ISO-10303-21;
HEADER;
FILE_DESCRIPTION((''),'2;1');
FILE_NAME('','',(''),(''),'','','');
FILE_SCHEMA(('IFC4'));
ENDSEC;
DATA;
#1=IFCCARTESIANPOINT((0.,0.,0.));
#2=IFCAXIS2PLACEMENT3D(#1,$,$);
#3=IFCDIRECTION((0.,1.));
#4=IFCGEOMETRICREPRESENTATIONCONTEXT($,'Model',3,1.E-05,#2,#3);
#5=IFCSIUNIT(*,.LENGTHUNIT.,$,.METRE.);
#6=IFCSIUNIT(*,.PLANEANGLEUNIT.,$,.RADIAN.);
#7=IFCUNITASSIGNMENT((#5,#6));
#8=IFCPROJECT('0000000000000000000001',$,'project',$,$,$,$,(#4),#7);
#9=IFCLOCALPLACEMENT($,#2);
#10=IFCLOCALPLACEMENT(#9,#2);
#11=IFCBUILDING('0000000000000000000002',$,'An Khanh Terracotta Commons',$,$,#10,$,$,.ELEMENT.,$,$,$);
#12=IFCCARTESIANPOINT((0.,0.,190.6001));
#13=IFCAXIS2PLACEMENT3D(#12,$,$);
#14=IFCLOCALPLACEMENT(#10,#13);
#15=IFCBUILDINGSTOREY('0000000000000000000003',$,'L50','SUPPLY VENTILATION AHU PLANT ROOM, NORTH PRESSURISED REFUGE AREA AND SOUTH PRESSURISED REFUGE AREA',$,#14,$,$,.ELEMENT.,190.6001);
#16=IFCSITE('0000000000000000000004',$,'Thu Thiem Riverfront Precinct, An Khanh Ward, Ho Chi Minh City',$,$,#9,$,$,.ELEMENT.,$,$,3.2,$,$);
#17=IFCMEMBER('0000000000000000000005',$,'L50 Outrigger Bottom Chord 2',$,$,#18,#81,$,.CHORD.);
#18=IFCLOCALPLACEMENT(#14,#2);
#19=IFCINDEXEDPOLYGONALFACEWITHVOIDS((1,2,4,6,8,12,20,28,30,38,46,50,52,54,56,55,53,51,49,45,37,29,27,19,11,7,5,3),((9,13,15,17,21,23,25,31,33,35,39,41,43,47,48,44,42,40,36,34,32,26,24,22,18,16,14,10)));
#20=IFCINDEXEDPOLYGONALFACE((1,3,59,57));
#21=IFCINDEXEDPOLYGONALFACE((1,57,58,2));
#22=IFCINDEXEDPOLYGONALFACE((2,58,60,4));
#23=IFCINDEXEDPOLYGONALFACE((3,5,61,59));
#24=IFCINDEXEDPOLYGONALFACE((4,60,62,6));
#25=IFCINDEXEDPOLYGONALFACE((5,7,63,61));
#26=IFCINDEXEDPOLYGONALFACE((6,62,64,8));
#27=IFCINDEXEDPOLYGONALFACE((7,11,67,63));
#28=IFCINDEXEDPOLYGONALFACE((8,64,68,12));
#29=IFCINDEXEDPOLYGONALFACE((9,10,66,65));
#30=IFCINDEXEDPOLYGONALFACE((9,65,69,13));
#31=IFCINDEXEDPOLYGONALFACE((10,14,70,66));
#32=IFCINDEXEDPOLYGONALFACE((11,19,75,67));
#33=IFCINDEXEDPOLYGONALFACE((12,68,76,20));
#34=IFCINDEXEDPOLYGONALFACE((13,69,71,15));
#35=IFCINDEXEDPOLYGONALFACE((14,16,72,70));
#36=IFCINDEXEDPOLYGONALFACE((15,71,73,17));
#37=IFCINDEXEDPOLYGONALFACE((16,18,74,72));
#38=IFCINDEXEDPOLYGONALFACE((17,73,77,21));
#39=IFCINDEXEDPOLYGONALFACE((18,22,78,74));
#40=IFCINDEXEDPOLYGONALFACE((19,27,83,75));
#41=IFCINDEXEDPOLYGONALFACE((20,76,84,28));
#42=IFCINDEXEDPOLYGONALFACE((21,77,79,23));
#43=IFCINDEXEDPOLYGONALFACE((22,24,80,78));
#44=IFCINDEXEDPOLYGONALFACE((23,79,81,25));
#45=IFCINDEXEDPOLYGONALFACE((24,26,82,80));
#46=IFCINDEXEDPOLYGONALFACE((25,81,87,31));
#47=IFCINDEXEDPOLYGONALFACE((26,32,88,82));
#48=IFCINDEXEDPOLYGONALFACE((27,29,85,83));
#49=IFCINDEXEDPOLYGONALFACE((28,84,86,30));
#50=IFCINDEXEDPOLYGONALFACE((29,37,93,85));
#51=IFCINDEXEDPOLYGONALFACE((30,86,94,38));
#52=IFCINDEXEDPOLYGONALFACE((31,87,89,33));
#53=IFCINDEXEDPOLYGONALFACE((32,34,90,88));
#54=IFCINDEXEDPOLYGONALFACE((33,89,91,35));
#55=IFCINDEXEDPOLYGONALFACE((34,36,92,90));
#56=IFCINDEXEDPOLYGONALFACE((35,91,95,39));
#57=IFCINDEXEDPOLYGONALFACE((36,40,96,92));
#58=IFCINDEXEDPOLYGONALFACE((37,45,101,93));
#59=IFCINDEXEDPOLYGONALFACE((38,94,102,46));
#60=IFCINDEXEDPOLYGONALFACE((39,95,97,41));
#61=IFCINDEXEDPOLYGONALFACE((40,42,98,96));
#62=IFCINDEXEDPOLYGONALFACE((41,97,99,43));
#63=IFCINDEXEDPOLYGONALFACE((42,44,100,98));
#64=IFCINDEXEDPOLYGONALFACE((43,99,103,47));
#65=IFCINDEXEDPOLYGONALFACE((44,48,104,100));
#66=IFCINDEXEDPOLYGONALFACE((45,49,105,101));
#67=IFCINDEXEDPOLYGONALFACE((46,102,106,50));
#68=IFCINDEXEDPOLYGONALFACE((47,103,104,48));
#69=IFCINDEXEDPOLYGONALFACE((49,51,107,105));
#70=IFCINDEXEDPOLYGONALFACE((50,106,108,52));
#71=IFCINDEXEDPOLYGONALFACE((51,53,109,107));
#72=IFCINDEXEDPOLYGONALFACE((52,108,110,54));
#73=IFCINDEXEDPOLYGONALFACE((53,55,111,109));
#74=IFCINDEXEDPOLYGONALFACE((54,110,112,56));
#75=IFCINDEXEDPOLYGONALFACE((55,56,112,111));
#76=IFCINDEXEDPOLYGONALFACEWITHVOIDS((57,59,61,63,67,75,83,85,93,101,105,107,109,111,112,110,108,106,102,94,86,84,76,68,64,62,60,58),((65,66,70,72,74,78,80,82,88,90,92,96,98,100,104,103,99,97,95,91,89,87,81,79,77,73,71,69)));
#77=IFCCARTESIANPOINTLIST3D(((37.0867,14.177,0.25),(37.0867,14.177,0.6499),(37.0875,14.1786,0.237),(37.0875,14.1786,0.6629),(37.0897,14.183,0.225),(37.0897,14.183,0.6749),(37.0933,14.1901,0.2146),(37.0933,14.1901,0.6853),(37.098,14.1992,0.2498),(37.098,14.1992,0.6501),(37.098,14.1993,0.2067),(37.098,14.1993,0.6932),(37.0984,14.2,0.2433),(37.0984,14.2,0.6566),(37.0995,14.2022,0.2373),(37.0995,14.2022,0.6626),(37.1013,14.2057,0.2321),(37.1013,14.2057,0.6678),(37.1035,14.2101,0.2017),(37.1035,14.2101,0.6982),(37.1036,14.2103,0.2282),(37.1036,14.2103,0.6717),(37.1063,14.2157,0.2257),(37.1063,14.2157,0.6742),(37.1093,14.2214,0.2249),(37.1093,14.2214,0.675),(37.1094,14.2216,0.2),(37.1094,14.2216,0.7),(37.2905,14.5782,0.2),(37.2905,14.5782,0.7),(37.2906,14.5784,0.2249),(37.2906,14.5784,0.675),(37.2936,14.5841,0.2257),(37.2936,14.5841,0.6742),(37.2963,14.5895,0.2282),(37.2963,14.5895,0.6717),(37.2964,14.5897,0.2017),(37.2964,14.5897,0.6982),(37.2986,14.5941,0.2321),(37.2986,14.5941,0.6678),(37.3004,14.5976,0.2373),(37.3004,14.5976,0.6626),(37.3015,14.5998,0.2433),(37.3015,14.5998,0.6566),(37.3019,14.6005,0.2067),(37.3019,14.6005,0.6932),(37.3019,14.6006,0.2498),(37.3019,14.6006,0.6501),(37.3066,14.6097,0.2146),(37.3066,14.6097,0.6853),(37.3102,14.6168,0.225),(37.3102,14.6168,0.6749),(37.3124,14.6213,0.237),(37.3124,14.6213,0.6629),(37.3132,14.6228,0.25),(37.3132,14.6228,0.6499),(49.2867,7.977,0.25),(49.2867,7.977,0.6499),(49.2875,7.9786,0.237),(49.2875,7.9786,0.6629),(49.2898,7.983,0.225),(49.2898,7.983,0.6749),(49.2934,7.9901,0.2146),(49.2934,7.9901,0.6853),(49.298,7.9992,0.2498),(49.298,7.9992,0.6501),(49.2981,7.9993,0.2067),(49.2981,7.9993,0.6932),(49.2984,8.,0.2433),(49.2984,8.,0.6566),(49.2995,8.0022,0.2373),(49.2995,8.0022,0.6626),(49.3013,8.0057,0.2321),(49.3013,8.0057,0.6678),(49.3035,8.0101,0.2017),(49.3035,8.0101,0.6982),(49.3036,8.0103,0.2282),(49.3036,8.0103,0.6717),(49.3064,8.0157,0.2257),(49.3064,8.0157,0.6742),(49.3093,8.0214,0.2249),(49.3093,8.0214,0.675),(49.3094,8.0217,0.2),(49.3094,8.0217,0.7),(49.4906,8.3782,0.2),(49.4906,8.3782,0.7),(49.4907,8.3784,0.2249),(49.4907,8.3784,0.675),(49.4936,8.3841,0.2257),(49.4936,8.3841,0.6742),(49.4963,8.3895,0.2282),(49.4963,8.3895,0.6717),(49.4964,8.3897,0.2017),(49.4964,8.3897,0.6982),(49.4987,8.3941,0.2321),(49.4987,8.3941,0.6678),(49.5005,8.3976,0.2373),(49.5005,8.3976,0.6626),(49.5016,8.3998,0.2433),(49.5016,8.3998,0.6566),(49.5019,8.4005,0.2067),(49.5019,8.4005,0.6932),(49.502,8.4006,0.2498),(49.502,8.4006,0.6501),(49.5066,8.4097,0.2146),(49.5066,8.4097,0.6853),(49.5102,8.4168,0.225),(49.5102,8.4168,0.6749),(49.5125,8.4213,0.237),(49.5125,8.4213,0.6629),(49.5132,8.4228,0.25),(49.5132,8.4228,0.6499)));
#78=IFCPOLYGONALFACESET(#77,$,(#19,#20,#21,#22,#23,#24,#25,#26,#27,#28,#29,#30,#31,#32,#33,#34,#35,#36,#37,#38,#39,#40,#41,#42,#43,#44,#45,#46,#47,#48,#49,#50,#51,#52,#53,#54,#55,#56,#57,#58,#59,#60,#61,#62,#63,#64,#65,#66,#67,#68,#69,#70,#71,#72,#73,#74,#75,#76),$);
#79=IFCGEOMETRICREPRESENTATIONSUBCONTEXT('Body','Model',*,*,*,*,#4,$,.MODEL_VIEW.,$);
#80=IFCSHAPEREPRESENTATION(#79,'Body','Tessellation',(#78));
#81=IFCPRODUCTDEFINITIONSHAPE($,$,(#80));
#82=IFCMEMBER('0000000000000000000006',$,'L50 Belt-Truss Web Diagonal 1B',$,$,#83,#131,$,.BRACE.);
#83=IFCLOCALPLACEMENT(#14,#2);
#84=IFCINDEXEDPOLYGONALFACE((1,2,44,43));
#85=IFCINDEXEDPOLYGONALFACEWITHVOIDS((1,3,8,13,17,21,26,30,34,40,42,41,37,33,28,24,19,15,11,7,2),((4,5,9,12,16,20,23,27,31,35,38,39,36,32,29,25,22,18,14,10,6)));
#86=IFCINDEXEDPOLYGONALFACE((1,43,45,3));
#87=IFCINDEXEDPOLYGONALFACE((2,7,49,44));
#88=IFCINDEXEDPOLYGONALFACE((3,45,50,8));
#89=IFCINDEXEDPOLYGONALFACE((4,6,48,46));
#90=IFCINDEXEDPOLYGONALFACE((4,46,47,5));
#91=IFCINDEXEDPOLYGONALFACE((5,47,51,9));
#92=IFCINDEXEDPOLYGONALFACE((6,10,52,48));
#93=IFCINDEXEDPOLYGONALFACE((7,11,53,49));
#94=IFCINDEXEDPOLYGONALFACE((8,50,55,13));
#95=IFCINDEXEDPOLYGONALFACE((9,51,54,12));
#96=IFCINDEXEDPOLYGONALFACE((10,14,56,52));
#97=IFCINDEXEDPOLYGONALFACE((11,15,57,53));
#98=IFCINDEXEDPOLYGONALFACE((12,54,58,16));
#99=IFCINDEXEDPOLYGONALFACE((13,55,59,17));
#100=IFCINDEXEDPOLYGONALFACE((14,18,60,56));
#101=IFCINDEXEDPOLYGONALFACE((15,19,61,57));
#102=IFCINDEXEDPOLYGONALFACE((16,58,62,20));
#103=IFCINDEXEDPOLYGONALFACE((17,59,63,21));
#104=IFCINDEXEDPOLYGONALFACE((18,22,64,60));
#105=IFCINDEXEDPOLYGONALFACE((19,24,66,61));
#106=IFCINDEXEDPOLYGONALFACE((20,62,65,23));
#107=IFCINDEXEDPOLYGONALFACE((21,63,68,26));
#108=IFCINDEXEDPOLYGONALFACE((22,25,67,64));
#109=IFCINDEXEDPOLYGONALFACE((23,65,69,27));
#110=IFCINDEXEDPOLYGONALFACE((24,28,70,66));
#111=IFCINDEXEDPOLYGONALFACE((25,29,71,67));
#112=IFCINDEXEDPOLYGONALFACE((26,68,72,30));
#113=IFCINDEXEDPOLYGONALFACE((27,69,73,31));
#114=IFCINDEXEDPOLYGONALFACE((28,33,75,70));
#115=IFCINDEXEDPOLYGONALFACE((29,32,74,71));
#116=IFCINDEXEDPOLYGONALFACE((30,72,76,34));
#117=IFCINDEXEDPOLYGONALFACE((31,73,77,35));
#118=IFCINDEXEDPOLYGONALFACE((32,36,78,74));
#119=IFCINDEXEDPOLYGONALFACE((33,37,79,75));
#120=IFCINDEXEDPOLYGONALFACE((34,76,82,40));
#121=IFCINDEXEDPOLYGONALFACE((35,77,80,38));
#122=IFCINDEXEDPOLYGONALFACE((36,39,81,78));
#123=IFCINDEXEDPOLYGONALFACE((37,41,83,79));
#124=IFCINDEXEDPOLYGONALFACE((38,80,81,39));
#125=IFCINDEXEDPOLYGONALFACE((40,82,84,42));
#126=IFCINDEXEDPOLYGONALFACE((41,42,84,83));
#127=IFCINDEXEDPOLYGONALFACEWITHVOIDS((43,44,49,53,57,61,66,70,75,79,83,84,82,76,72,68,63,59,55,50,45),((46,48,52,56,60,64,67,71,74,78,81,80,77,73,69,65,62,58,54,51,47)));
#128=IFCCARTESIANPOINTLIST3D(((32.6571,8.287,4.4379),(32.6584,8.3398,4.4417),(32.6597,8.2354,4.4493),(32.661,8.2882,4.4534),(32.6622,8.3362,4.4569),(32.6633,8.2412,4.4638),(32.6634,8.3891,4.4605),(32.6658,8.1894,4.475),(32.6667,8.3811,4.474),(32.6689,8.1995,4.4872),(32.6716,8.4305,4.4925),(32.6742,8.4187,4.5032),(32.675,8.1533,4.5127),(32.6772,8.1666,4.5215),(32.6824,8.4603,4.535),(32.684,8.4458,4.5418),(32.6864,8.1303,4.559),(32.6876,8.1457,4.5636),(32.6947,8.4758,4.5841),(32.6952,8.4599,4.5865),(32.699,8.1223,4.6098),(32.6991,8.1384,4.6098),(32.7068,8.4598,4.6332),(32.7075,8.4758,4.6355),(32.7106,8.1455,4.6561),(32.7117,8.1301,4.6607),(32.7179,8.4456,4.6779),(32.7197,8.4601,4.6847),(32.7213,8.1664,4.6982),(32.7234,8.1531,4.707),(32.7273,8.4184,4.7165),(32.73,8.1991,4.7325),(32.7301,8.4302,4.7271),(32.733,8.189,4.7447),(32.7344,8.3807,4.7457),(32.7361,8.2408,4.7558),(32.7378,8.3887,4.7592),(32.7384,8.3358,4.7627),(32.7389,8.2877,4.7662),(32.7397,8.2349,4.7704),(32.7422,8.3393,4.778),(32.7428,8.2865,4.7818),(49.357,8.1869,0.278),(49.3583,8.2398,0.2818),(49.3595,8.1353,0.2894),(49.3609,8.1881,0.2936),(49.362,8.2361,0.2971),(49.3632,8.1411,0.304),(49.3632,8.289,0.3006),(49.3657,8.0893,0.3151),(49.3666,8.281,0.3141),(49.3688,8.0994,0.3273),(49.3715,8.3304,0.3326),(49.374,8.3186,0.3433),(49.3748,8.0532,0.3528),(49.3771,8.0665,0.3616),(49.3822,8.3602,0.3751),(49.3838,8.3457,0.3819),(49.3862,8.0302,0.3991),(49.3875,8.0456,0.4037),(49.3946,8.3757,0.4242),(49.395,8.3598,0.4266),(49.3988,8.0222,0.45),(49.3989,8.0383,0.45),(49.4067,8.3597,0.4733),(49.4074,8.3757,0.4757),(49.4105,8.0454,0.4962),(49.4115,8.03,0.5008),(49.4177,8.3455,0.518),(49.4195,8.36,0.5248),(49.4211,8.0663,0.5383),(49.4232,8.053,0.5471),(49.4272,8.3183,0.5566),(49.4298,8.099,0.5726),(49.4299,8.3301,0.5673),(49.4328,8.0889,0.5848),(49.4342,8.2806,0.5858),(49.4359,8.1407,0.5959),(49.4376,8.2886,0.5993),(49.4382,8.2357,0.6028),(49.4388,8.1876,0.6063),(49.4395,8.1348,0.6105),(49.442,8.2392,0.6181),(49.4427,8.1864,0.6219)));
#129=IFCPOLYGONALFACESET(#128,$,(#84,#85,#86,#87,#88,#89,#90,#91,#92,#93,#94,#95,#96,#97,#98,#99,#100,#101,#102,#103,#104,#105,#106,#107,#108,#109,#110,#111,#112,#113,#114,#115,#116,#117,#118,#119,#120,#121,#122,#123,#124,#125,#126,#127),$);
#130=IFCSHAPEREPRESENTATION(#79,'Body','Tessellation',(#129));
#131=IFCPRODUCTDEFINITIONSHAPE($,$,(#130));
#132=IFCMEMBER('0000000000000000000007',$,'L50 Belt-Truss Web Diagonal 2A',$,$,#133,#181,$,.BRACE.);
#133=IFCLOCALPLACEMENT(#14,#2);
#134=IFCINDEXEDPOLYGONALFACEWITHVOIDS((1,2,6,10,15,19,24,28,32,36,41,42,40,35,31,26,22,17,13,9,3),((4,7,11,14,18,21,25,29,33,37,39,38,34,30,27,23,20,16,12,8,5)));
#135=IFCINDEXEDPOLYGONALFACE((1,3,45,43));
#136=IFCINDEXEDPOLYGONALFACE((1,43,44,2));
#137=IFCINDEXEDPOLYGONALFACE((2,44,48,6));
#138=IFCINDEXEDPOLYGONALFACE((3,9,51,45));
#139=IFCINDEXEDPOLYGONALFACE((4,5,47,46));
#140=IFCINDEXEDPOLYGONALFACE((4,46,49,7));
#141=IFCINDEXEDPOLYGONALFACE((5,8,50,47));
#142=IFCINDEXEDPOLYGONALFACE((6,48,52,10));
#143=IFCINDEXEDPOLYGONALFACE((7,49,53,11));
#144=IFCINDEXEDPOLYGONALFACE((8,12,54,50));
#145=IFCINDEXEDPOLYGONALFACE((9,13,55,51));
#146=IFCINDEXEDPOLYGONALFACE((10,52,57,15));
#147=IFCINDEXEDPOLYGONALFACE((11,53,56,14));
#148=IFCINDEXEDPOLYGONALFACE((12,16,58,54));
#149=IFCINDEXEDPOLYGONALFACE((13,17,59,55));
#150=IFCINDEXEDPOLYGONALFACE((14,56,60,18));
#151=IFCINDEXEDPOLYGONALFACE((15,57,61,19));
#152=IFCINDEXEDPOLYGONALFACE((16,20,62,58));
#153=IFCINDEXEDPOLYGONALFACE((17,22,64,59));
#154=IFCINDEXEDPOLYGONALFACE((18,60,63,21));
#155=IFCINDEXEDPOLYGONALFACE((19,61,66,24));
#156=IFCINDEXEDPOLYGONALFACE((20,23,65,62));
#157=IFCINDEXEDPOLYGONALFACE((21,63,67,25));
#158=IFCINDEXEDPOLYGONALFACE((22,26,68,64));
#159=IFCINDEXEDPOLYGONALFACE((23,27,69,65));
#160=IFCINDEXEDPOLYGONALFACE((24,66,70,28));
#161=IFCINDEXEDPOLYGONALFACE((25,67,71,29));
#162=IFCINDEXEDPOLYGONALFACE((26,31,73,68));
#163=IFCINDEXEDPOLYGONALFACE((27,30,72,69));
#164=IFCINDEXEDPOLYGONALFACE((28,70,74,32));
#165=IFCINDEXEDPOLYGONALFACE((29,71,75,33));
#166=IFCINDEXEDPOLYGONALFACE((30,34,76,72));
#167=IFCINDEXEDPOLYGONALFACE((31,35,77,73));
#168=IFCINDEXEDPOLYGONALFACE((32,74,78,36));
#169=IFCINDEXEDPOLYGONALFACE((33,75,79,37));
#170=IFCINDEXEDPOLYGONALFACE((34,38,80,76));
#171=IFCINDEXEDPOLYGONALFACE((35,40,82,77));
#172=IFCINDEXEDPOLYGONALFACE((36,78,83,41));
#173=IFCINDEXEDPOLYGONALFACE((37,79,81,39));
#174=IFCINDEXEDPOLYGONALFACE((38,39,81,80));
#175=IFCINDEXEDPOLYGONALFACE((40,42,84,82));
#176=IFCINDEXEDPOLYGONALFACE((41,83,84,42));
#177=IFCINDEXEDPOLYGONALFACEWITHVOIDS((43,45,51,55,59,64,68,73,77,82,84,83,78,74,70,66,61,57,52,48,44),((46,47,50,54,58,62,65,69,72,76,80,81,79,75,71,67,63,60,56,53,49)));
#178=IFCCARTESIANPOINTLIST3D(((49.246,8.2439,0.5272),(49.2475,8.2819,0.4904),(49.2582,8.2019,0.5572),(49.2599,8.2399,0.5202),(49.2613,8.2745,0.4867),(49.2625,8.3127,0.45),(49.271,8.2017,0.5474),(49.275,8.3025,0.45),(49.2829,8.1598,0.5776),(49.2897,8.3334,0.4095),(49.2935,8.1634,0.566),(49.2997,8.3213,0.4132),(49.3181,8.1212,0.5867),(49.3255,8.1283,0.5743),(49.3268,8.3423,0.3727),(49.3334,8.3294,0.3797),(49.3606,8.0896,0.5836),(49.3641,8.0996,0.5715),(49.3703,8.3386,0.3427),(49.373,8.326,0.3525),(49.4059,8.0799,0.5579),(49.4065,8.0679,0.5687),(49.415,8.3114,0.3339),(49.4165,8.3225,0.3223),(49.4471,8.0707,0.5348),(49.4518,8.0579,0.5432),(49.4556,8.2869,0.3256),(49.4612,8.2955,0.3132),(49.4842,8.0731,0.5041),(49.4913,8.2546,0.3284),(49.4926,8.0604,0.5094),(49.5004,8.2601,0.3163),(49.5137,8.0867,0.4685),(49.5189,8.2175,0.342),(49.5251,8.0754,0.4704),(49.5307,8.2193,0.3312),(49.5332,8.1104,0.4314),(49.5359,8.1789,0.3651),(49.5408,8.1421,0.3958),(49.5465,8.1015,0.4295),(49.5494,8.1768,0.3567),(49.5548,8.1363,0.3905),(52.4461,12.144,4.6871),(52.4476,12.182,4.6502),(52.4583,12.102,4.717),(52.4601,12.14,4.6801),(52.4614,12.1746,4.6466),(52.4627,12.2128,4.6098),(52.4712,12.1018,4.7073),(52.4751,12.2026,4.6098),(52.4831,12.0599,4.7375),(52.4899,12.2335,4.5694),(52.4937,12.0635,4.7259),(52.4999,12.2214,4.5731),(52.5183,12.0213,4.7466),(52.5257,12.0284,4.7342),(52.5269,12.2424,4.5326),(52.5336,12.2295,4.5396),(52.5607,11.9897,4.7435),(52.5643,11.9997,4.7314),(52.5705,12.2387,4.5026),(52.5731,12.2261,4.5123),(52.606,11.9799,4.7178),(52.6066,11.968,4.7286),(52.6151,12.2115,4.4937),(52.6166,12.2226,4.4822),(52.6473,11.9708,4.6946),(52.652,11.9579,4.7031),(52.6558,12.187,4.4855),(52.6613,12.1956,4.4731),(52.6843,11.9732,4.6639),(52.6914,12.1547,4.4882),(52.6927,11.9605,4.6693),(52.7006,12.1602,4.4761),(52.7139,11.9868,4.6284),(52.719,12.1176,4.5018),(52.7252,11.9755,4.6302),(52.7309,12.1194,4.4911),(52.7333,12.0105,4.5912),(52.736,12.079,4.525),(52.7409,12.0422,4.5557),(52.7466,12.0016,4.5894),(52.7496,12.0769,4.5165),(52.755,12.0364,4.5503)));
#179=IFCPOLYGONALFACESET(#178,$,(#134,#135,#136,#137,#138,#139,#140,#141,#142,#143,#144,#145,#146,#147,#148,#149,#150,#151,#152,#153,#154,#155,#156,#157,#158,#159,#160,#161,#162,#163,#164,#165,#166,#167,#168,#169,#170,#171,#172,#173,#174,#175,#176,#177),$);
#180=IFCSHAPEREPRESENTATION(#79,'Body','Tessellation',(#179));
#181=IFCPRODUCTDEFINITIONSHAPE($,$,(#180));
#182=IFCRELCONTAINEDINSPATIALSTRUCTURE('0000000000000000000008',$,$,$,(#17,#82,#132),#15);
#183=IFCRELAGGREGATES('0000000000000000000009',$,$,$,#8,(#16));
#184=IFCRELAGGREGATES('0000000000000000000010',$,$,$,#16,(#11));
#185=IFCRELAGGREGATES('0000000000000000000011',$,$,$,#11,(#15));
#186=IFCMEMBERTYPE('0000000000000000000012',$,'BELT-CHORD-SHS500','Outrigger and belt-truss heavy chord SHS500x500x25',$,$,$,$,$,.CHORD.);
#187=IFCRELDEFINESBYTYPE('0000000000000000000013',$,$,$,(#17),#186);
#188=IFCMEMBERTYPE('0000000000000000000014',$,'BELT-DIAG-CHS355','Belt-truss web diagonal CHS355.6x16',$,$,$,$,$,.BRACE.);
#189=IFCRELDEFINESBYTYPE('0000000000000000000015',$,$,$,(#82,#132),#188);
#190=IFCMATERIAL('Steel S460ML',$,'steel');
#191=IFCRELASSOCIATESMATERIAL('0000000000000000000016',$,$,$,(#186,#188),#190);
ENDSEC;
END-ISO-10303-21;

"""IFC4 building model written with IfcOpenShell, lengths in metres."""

from ifc_helpers import new_model, si_unit, direction, frame, origin, origin_2d, place, context, subcontext, project, spatial, hollow_rectangle, hollow_circle, extrude, material, material_profile, profile_set, type_object, element, save


model = new_model("IFC4")

# Units and contexts
model_context = context("Model", 3, precision=1e-05, world=origin(), true_north=direction((0.0, 1.0)))
body_context = subcontext(model_context, "Body", "Model", "MODEL_VIEW")
ifc_project = project(units=[si_unit("LENGTHUNIT", "METRE"), si_unit("PLANEANGLEUNIT", "RADIAN")], contexts=[model_context])

# Site, building, storey
site_placement = place(None, origin())
site = spatial("IfcSite", under=ifc_project, at=site_placement, Name="Thu Thiem Riverfront Precinct, An Khanh Ward, Ho Chi Minh City", CompositionType="ELEMENT", RefElevation=3.2)
building_placement = place(site_placement, origin())
building = spatial("IfcBuilding", under=site, at=building_placement, Name="An Khanh Terracotta Commons", CompositionType="ELEMENT")
storey_placement = place(building_placement, frame((0.0, 0.0, 190.6001)))
storey = spatial("IfcBuildingStorey", under=building, at=storey_placement, Name="L50", Description="SUPPLY VENTILATION AHU PLANT ROOM, NORTH PRESSURISED REFUGE AREA AND SOUTH PRESSURISED REFUGE AREA", CompositionType="ELEMENT", Elevation=190.6001)

# Members
ifc_material_1 = material(Name="Steel S460ML", Category="steel")
ifc_material_profile_1 = material_profile(ifc_material_1, hollow_rectangle(XDim=0.5, YDim=0.5, WallThickness=0.0249, InnerFilletRadius=0.0249, OuterFilletRadius=0.05, at=origin_2d()), Name="SHS500x500x25")
ifc_profile_set_1 = profile_set([ifc_material_profile_1], Name="Steel S460ML")
member_type_1 = type_object("IfcMemberType", Name="BELT-CHORD-SHS500", Description="Outrigger and belt-truss heavy chord SHS500x500x25", PredefinedType="CHORD", material=ifc_profile_set_1)
member_1_placement = place(storey_placement, frame((37.2, 14.3999, 0.45), z_axis=(0.891486, -0.453048, 0.0), x_axis=(0.453048, 0.891486, 0.0)))
element("IfcMember", 1, at=member_1_placement, inside=storey, type_object=member_type_1, Name="L50 Outrigger Bottom Chord 2", PredefinedType="CHORD", context=body_context, shape_type="SweptSolid", body=[
    extrude(hollow_rectangle(XDim=0.5, YDim=0.5, WallThickness=0.0249, InnerFilletRadius=0.0249, OuterFilletRadius=0.05, at=origin_2d()), origin(), (0.0, 0.0, 1.0), 13.6851),
])
ifc_material_profile_2 = material_profile(ifc_material_1, hollow_circle(Radius=0.1777, WallThickness=0.0161, at=origin_2d()), Name="CHS355.6x16")
ifc_profile_set_2 = profile_set([ifc_material_profile_2], Name="Steel S460ML")
member_type_2 = type_object("IfcMemberType", Name="BELT-DIAG-CHS355", Description="Belt-truss web diagonal CHS355.6x16", PredefinedType="BRACE", material=ifc_profile_set_2)
member_2_placement = place(storey_placement, frame((49.3999, 8.2, 0.45), z_axis=(-0.970332, 0.005816, 0.241707), x_axis=(-0.005994, -0.999982, 0.0)))
element("IfcMember", 2, at=member_2_placement, inside=storey, type_object=member_type_2, Name="L50 Belt-Truss Web Diagonal 1B", PredefinedType="BRACE", context=body_context, shape_type="SweptSolid", body=[
    extrude(hollow_circle(Radius=0.1777, WallThickness=0.0161, at=origin_2d()), origin(), (0.0, 0.0, 1.0), 17.2104),
])
member_3_placement = place(storey_placement, frame((49.3999, 8.2, 0.45), z_axis=(0.489409, 0.596453, 0.636179), x_axis=(-0.773066, 0.634326, 0.0)))
element("IfcMember", 3, at=member_3_placement, inside=storey, type_object=member_type_2, Name="L50 Belt-Truss Web Diagonal 2A", PredefinedType="BRACE", context=body_context, shape_type="SweptSolid", body=[
    extrude(hollow_circle(Radius=0.1777, WallThickness=0.0161, at=origin_2d()), origin(), (0.0, 0.0, 1.0), 6.5388),
])

save(model, "model.ifc")
